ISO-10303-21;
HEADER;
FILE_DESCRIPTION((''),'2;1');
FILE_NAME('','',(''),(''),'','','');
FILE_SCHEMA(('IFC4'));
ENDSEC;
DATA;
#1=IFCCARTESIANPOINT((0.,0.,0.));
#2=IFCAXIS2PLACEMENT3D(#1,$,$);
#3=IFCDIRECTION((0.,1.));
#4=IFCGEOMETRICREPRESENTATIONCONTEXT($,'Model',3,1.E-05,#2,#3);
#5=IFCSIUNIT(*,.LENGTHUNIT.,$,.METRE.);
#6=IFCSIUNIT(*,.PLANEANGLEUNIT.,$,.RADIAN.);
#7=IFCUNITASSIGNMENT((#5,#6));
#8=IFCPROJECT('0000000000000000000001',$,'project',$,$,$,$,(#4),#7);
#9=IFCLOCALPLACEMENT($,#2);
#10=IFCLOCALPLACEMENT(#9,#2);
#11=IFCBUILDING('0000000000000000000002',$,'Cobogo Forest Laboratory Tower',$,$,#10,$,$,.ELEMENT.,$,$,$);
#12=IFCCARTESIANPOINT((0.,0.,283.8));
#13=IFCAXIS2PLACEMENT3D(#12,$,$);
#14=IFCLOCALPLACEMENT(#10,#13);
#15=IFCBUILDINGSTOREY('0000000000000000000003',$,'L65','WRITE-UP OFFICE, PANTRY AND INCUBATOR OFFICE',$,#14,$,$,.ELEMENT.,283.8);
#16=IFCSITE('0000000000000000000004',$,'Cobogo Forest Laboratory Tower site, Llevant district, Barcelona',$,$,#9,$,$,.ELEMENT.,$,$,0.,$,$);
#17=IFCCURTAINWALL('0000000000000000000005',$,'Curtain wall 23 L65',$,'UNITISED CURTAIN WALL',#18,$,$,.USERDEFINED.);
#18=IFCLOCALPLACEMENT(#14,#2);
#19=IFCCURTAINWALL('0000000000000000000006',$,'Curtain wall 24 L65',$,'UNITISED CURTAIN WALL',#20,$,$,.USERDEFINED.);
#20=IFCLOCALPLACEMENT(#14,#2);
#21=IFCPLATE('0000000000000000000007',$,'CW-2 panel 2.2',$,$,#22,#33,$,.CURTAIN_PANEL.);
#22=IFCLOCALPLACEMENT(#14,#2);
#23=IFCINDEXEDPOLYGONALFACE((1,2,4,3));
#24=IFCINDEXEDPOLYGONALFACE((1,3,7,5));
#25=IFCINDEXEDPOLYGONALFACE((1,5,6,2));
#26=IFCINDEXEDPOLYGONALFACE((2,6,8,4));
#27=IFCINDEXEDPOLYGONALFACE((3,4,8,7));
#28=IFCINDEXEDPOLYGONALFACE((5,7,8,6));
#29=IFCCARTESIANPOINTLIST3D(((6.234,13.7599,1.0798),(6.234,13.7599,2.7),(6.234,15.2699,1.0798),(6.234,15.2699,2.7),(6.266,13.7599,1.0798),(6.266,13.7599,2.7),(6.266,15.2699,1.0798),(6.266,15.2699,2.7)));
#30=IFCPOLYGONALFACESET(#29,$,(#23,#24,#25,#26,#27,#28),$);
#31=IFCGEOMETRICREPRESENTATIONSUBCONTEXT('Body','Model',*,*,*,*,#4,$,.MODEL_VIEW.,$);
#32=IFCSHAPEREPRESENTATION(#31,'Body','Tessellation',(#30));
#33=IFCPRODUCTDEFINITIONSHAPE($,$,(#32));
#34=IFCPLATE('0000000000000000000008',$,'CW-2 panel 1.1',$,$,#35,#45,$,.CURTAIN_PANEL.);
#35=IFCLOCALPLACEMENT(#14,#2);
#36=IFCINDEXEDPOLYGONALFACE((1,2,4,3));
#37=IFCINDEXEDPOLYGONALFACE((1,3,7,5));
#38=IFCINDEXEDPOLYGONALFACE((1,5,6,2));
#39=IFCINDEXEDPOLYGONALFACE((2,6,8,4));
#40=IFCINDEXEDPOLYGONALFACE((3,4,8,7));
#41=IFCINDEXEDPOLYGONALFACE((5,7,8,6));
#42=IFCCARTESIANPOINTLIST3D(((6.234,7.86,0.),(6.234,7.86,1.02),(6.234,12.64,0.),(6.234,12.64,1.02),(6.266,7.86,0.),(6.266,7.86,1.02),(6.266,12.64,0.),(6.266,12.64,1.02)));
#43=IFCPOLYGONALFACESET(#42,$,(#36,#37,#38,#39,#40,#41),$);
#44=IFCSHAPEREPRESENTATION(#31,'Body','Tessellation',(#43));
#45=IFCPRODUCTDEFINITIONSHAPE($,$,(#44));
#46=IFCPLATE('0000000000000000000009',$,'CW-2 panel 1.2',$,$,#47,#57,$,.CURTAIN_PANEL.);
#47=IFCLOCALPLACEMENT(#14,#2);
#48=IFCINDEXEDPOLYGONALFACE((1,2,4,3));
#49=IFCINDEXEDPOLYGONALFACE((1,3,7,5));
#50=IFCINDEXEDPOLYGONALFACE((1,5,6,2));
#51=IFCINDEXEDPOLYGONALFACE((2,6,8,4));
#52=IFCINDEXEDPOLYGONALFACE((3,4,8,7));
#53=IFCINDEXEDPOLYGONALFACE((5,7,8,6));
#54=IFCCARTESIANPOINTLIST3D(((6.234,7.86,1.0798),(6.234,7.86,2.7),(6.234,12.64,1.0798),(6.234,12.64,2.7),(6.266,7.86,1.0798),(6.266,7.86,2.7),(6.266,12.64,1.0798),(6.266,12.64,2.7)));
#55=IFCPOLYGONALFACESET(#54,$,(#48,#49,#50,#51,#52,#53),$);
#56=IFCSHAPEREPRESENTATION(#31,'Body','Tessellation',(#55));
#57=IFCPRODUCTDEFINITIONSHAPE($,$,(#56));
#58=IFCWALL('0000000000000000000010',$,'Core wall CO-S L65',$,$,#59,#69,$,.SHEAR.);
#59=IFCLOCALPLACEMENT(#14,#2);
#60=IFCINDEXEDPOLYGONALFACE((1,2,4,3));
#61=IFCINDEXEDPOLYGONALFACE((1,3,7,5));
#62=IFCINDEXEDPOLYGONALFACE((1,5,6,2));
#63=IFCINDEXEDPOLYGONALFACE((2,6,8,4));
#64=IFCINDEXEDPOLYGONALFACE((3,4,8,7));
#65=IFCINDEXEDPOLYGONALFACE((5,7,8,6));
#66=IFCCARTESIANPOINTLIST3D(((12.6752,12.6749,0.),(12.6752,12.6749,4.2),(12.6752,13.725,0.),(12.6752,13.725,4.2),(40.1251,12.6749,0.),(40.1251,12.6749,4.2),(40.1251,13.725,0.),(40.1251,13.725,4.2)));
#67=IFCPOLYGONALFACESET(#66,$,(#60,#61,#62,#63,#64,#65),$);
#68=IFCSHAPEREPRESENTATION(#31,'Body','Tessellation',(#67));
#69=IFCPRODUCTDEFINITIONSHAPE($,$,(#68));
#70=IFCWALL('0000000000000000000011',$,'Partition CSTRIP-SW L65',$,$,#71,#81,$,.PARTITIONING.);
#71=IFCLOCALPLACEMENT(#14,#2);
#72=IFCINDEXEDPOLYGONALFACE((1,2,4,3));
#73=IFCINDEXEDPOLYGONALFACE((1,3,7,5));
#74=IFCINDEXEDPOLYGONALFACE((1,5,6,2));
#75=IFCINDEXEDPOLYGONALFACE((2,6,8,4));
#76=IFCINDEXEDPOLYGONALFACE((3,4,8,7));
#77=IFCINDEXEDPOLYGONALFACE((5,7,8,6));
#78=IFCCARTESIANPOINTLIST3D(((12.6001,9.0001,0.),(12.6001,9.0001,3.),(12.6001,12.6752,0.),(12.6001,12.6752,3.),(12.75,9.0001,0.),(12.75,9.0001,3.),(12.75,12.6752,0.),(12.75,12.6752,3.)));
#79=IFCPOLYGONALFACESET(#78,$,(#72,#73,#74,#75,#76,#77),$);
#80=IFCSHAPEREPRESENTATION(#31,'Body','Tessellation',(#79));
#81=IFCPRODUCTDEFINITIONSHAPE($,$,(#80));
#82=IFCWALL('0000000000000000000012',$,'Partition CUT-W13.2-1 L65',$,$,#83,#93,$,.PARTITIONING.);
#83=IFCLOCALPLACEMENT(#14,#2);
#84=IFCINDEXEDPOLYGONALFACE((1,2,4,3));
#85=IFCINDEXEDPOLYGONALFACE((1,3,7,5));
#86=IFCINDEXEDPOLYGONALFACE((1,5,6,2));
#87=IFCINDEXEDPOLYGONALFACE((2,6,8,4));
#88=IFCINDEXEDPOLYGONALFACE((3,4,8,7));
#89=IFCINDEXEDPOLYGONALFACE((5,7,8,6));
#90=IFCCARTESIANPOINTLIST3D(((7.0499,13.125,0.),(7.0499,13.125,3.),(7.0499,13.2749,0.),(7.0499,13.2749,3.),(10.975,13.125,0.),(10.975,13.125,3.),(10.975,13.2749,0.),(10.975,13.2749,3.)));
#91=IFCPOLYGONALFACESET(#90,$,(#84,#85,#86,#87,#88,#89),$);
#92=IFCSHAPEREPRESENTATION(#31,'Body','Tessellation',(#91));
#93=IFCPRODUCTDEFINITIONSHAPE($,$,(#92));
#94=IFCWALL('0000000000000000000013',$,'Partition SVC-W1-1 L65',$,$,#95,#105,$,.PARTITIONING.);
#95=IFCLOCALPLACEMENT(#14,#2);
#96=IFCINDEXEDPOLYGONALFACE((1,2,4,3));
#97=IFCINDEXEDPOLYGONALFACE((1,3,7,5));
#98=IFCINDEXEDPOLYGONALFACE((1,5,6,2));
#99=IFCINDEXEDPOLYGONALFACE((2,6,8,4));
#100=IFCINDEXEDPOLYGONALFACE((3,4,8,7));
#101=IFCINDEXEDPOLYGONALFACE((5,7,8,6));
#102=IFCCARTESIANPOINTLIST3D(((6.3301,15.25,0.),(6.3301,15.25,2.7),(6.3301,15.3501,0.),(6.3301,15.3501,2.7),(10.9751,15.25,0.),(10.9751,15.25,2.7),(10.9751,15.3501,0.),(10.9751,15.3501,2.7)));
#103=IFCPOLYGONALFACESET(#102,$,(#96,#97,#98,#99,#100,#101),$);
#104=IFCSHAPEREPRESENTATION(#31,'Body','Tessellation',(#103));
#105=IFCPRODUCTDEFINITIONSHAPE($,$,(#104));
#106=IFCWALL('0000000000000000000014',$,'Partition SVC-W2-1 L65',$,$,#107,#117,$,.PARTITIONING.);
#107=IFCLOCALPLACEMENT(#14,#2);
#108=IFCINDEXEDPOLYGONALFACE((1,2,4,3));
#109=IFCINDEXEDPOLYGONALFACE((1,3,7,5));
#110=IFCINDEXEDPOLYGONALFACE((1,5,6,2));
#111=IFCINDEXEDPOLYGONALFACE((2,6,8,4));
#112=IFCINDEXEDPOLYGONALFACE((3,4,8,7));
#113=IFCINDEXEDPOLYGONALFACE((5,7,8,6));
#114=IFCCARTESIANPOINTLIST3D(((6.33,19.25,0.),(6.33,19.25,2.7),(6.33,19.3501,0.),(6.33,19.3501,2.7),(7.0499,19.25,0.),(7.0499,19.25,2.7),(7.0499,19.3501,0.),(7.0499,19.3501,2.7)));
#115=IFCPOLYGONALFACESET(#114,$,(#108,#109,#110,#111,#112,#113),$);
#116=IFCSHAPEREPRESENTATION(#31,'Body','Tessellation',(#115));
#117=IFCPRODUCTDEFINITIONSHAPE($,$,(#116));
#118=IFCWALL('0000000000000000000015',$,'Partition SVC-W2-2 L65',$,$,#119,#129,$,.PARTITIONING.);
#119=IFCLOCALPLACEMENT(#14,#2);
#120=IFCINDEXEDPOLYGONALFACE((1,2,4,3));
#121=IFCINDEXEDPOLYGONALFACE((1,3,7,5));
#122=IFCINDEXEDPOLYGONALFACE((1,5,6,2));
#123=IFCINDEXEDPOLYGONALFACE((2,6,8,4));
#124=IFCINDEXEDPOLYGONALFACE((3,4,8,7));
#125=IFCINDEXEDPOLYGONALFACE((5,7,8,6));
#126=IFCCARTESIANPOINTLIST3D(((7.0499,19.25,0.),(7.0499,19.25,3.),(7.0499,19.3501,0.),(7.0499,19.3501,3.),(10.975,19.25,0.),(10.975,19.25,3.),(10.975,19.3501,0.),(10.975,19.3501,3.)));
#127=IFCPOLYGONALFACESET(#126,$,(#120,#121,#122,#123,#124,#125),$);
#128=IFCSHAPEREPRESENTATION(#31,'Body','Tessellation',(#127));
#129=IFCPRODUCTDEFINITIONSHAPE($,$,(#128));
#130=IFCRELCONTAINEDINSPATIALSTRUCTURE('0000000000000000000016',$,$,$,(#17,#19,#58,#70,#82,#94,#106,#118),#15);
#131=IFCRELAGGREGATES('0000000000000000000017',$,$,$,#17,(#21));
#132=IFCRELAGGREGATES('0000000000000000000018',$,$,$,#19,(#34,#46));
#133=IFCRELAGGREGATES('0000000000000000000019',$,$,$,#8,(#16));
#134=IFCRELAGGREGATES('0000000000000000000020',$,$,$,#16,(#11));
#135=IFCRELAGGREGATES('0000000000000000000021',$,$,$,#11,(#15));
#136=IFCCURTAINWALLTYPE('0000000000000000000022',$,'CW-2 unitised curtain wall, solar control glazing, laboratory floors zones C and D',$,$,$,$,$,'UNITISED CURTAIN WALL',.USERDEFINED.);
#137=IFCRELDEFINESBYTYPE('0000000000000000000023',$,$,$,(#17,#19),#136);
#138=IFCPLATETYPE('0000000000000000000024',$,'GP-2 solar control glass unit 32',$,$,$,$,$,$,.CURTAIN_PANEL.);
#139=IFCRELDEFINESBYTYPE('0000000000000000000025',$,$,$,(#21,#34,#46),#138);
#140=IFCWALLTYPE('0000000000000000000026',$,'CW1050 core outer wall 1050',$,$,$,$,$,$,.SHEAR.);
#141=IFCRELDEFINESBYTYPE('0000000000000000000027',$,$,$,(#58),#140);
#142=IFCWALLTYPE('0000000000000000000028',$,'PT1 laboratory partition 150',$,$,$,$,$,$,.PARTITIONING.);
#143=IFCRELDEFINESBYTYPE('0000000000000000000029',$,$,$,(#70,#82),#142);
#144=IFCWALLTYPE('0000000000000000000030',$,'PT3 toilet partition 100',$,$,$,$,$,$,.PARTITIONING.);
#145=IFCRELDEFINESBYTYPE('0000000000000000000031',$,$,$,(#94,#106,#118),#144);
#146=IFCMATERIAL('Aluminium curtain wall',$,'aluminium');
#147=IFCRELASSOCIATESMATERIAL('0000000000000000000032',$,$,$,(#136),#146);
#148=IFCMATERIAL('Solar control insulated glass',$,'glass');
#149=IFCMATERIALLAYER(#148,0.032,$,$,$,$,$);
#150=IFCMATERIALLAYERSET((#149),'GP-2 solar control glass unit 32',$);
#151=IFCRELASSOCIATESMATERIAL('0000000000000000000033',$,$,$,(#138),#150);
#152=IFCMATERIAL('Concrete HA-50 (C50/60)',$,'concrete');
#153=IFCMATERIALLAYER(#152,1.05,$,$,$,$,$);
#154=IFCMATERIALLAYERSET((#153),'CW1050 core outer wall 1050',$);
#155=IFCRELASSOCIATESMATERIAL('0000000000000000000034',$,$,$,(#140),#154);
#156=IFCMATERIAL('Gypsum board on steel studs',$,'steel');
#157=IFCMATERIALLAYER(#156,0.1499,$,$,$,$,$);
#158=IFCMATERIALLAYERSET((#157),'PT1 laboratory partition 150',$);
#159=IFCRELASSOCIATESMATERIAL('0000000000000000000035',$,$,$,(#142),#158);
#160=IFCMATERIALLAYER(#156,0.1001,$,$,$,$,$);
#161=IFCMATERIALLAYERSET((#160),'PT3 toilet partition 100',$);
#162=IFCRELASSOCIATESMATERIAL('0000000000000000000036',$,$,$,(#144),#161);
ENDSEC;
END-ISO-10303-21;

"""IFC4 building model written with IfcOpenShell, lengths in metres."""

from ifc_helpers import new_model, si_unit, direction, frame, frame_2d, origin, origin_2d, place, context, subcontext, project, spatial, rectangle, extrude, material, layer, layer_set, type_object, element, aggregate, save


model = new_model("IFC4")

# Units and contexts
model_context = context("Model", 3, precision=1e-05, world=origin(), true_north=direction((0.0, 1.0)))
body_context = subcontext(model_context, "Body", "Model", "MODEL_VIEW")
ifc_project = project(units=[si_unit("LENGTHUNIT", "METRE"), si_unit("PLANEANGLEUNIT", "RADIAN")], contexts=[model_context])

# Site, building, storey
site_placement = place(None, origin())
site = spatial("IfcSite", under=ifc_project, at=site_placement, Name="Cobogo Forest Laboratory Tower site, Llevant district, Barcelona", CompositionType="ELEMENT", RefElevation=0.0)
building_placement = place(site_placement, origin())
building = spatial("IfcBuilding", under=site, at=building_placement, Name="Cobogo Forest Laboratory Tower", CompositionType="ELEMENT")
storey_placement = place(building_placement, frame((0.0, 0.0, 283.8)))
storey = spatial("IfcBuildingStorey", under=building, at=storey_placement, Name="L65", Description="WRITE-UP OFFICE, PANTRY AND INCUBATOR OFFICE", CompositionType="ELEMENT", Elevation=283.8)

# Shared definitions
ifc_material_1 = material(Name="Concrete HA-50 (C50/60)", Category="concrete")

# Curtain wall
ifc_material_2 = material(Name="Aluminium curtain wall", Category="aluminium")
curtain_wall_type = type_object("IfcCurtainWallType", Name="CW-2 unitised curtain wall, solar control glazing, laboratory floors zones C and D", ElementType="UNITISED CURTAIN WALL", PredefinedType="USERDEFINED", material=ifc_material_2)
curtain_wall_1_placement = place(storey_placement, origin())
curtain_wall_1 = element("IfcCurtainWall", 1, at=curtain_wall_1_placement, inside=storey, type_object=curtain_wall_type, Name="Curtain wall 23 L65", ObjectType="UNITISED CURTAIN WALL", PredefinedType="USERDEFINED")

# Curtain wall
curtain_wall_2_placement = place(storey_placement, origin())
curtain_wall_2 = element("IfcCurtainWall", 2, at=curtain_wall_2_placement, inside=storey, type_object=curtain_wall_type, Name="Curtain wall 24 L65", ObjectType="UNITISED CURTAIN WALL", PredefinedType="USERDEFINED")

# Plates
ifc_material_3 = material(Name="Solar control insulated glass", Category="glass")
ifc_layer_1 = layer(ifc_material_3, 0.032)
ifc_layer_set_1 = layer_set([ifc_layer_1], Name="GP-2 solar control glass unit 32")
plate_type_1 = type_object("IfcPlateType", Name="GP-2 solar control glass unit 32", PredefinedType="CURTAIN_PANEL", material=ifc_layer_set_1)
plate_1_placement = place(storey_placement, frame((6.25, 14.5149, 1.0798), z_axis=(0.0, 0.0, 1.0), x_axis=(0.0, -1.0, 0.0)))
plate_1 = element("IfcPlate", 3, at=plate_1_placement, type_object=plate_type_1, Name="CW-2 panel 2.2", PredefinedType="CURTAIN_PANEL", context=body_context, shape_type="SweptSolid", body=[
    extrude(rectangle(XDim=1.51, YDim=0.032, at=origin_2d()), origin(), (0.0, 0.0, 1.0), 1.6201),
])
aggregate(curtain_wall_1, [plate_1])
plate_2_placement = place(storey_placement, frame((6.25, 10.25, 0.0), z_axis=(0.0, 0.0, 1.0), x_axis=(0.0, -1.0, 0.0)))
plate_2 = element("IfcPlate", 4, at=plate_2_placement, type_object=plate_type_1, Name="CW-2 panel 1.1", PredefinedType="CURTAIN_PANEL", context=body_context, shape_type="SweptSolid", body=[
    extrude(rectangle(XDim=4.78, YDim=0.032, at=origin_2d()), origin(), (0.0, 0.0, 1.0), 1.02),
])
plate_3_placement = place(storey_placement, frame((6.25, 10.25, 1.0798), z_axis=(0.0, 0.0, 1.0), x_axis=(0.0, -1.0, 0.0)))
plate_3 = element("IfcPlate", 5, at=plate_3_placement, type_object=plate_type_1, Name="CW-2 panel 1.2", PredefinedType="CURTAIN_PANEL", context=body_context, shape_type="SweptSolid", body=[
    extrude(rectangle(XDim=4.78, YDim=0.032, at=origin_2d()), origin(), (0.0, 0.0, 1.0), 1.6201),
])
aggregate(curtain_wall_2, [plate_2, plate_3])

# Walls
ifc_layer_2 = layer(ifc_material_1, 1.05)
ifc_layer_set_2 = layer_set([ifc_layer_2], Name="CW1050 core outer wall 1050")
wall_type_1 = type_object("IfcWallType", Name="CW1050 core outer wall 1050", PredefinedType="SHEAR", material=ifc_layer_set_2)
wall_1_placement = place(storey_placement, frame((12.675, 13.2, 0.0), z_axis=(0.0, 0.0, 1.0), x_axis=(1.0, 0.0, 0.0)))
element("IfcWall", 6, at=wall_1_placement, inside=storey, type_object=wall_type_1, Name="Core wall CO-S L65", PredefinedType="SHEAR", context=body_context, shape_type="SweptSolid", body=[
    extrude(rectangle(XDim=27.45, YDim=1.05, at=frame_2d((13.7251, 0.0))), origin(), (0.0, 0.0, 1.0), 4.2),
])
ifc_material_4 = material(Name="Gypsum board on steel studs", Category="steel")
ifc_layer_3 = layer(ifc_material_4, 0.1499)
ifc_layer_set_3 = layer_set([ifc_layer_3], Name="PT1 laboratory partition 150")
wall_type_2 = type_object("IfcWallType", Name="PT1 laboratory partition 150", PredefinedType="PARTITIONING", material=ifc_layer_set_3)
wall_2_placement = place(storey_placement, frame((12.675, 12.675, 0.0), z_axis=(0.0, 0.0, 1.0), x_axis=(0.0, -1.0, 0.0)))
element("IfcWall", 7, at=wall_2_placement, inside=storey, type_object=wall_type_2, Name="Partition CSTRIP-SW L65", PredefinedType="PARTITIONING", context=body_context, shape_type="SweptSolid", body=[
    extrude(rectangle(XDim=3.675, YDim=0.1499, at=frame_2d((1.8374, 0.0))), origin(), (0.0, 0.0, 1.0), 3.0),
])
wall_3_placement = place(storey_placement, frame((7.05, 13.2, 0.0), z_axis=(0.0, 0.0, 1.0), x_axis=(1.0, 0.0, 0.0)))
element("IfcWall", 8, at=wall_3_placement, inside=storey, type_object=wall_type_2, Name="Partition CUT-W13.2-1 L65", PredefinedType="PARTITIONING", context=body_context, shape_type="SweptSolid", body=[
    extrude(rectangle(XDim=3.925, YDim=0.1499, at=frame_2d((1.9624, 0.0))), origin(), (0.0, 0.0, 1.0), 3.0),
])
ifc_layer_4 = layer(ifc_material_4, 0.1001)
ifc_layer_set_4 = layer_set([ifc_layer_4], Name="PT3 toilet partition 100")
wall_type_3 = type_object("IfcWallType", Name="PT3 toilet partition 100", PredefinedType="PARTITIONING", material=ifc_layer_set_4)
wall_4_placement = place(storey_placement, frame((6.3301, 15.3, 0.0), z_axis=(0.0, 0.0, 1.0), x_axis=(1.0, 0.0, 0.0)))
element("IfcWall", 9, at=wall_4_placement, inside=storey, type_object=wall_type_3, Name="Partition SVC-W1-1 L65", PredefinedType="PARTITIONING", context=body_context, shape_type="SweptSolid", body=[
    extrude(rectangle(XDim=4.645, YDim=0.1001, at=frame_2d((2.3225, 0.0))), origin(), (0.0, 0.0, 1.0), 2.7),
])
wall_5_placement = place(storey_placement, frame((6.3301, 19.3, 0.0), z_axis=(0.0, 0.0, 1.0), x_axis=(1.0, 0.0, 0.0)))
element("IfcWall", 10, at=wall_5_placement, inside=storey, type_object=wall_type_3, Name="Partition SVC-W2-1 L65", PredefinedType="PARTITIONING", context=body_context, shape_type="SweptSolid", body=[
    extrude(rectangle(XDim=0.72, YDim=0.1001, at=frame_2d((0.3599, 0.0))), origin(), (0.0, 0.0, 1.0), 2.7),
])
wall_6_placement = place(storey_placement, frame((7.05, 19.3, 0.0), z_axis=(0.0, 0.0, 1.0), x_axis=(1.0, 0.0, 0.0)))
element("IfcWall", 11, at=wall_6_placement, inside=storey, type_object=wall_type_3, Name="Partition SVC-W2-2 L65", PredefinedType="PARTITIONING", context=body_context, shape_type="SweptSolid", body=[
    extrude(rectangle(XDim=3.925, YDim=0.1001, at=frame_2d((1.9624, 0.0))), origin(), (0.0, 0.0, 1.0), 3.0),
])

save(model, "model.ifc")
